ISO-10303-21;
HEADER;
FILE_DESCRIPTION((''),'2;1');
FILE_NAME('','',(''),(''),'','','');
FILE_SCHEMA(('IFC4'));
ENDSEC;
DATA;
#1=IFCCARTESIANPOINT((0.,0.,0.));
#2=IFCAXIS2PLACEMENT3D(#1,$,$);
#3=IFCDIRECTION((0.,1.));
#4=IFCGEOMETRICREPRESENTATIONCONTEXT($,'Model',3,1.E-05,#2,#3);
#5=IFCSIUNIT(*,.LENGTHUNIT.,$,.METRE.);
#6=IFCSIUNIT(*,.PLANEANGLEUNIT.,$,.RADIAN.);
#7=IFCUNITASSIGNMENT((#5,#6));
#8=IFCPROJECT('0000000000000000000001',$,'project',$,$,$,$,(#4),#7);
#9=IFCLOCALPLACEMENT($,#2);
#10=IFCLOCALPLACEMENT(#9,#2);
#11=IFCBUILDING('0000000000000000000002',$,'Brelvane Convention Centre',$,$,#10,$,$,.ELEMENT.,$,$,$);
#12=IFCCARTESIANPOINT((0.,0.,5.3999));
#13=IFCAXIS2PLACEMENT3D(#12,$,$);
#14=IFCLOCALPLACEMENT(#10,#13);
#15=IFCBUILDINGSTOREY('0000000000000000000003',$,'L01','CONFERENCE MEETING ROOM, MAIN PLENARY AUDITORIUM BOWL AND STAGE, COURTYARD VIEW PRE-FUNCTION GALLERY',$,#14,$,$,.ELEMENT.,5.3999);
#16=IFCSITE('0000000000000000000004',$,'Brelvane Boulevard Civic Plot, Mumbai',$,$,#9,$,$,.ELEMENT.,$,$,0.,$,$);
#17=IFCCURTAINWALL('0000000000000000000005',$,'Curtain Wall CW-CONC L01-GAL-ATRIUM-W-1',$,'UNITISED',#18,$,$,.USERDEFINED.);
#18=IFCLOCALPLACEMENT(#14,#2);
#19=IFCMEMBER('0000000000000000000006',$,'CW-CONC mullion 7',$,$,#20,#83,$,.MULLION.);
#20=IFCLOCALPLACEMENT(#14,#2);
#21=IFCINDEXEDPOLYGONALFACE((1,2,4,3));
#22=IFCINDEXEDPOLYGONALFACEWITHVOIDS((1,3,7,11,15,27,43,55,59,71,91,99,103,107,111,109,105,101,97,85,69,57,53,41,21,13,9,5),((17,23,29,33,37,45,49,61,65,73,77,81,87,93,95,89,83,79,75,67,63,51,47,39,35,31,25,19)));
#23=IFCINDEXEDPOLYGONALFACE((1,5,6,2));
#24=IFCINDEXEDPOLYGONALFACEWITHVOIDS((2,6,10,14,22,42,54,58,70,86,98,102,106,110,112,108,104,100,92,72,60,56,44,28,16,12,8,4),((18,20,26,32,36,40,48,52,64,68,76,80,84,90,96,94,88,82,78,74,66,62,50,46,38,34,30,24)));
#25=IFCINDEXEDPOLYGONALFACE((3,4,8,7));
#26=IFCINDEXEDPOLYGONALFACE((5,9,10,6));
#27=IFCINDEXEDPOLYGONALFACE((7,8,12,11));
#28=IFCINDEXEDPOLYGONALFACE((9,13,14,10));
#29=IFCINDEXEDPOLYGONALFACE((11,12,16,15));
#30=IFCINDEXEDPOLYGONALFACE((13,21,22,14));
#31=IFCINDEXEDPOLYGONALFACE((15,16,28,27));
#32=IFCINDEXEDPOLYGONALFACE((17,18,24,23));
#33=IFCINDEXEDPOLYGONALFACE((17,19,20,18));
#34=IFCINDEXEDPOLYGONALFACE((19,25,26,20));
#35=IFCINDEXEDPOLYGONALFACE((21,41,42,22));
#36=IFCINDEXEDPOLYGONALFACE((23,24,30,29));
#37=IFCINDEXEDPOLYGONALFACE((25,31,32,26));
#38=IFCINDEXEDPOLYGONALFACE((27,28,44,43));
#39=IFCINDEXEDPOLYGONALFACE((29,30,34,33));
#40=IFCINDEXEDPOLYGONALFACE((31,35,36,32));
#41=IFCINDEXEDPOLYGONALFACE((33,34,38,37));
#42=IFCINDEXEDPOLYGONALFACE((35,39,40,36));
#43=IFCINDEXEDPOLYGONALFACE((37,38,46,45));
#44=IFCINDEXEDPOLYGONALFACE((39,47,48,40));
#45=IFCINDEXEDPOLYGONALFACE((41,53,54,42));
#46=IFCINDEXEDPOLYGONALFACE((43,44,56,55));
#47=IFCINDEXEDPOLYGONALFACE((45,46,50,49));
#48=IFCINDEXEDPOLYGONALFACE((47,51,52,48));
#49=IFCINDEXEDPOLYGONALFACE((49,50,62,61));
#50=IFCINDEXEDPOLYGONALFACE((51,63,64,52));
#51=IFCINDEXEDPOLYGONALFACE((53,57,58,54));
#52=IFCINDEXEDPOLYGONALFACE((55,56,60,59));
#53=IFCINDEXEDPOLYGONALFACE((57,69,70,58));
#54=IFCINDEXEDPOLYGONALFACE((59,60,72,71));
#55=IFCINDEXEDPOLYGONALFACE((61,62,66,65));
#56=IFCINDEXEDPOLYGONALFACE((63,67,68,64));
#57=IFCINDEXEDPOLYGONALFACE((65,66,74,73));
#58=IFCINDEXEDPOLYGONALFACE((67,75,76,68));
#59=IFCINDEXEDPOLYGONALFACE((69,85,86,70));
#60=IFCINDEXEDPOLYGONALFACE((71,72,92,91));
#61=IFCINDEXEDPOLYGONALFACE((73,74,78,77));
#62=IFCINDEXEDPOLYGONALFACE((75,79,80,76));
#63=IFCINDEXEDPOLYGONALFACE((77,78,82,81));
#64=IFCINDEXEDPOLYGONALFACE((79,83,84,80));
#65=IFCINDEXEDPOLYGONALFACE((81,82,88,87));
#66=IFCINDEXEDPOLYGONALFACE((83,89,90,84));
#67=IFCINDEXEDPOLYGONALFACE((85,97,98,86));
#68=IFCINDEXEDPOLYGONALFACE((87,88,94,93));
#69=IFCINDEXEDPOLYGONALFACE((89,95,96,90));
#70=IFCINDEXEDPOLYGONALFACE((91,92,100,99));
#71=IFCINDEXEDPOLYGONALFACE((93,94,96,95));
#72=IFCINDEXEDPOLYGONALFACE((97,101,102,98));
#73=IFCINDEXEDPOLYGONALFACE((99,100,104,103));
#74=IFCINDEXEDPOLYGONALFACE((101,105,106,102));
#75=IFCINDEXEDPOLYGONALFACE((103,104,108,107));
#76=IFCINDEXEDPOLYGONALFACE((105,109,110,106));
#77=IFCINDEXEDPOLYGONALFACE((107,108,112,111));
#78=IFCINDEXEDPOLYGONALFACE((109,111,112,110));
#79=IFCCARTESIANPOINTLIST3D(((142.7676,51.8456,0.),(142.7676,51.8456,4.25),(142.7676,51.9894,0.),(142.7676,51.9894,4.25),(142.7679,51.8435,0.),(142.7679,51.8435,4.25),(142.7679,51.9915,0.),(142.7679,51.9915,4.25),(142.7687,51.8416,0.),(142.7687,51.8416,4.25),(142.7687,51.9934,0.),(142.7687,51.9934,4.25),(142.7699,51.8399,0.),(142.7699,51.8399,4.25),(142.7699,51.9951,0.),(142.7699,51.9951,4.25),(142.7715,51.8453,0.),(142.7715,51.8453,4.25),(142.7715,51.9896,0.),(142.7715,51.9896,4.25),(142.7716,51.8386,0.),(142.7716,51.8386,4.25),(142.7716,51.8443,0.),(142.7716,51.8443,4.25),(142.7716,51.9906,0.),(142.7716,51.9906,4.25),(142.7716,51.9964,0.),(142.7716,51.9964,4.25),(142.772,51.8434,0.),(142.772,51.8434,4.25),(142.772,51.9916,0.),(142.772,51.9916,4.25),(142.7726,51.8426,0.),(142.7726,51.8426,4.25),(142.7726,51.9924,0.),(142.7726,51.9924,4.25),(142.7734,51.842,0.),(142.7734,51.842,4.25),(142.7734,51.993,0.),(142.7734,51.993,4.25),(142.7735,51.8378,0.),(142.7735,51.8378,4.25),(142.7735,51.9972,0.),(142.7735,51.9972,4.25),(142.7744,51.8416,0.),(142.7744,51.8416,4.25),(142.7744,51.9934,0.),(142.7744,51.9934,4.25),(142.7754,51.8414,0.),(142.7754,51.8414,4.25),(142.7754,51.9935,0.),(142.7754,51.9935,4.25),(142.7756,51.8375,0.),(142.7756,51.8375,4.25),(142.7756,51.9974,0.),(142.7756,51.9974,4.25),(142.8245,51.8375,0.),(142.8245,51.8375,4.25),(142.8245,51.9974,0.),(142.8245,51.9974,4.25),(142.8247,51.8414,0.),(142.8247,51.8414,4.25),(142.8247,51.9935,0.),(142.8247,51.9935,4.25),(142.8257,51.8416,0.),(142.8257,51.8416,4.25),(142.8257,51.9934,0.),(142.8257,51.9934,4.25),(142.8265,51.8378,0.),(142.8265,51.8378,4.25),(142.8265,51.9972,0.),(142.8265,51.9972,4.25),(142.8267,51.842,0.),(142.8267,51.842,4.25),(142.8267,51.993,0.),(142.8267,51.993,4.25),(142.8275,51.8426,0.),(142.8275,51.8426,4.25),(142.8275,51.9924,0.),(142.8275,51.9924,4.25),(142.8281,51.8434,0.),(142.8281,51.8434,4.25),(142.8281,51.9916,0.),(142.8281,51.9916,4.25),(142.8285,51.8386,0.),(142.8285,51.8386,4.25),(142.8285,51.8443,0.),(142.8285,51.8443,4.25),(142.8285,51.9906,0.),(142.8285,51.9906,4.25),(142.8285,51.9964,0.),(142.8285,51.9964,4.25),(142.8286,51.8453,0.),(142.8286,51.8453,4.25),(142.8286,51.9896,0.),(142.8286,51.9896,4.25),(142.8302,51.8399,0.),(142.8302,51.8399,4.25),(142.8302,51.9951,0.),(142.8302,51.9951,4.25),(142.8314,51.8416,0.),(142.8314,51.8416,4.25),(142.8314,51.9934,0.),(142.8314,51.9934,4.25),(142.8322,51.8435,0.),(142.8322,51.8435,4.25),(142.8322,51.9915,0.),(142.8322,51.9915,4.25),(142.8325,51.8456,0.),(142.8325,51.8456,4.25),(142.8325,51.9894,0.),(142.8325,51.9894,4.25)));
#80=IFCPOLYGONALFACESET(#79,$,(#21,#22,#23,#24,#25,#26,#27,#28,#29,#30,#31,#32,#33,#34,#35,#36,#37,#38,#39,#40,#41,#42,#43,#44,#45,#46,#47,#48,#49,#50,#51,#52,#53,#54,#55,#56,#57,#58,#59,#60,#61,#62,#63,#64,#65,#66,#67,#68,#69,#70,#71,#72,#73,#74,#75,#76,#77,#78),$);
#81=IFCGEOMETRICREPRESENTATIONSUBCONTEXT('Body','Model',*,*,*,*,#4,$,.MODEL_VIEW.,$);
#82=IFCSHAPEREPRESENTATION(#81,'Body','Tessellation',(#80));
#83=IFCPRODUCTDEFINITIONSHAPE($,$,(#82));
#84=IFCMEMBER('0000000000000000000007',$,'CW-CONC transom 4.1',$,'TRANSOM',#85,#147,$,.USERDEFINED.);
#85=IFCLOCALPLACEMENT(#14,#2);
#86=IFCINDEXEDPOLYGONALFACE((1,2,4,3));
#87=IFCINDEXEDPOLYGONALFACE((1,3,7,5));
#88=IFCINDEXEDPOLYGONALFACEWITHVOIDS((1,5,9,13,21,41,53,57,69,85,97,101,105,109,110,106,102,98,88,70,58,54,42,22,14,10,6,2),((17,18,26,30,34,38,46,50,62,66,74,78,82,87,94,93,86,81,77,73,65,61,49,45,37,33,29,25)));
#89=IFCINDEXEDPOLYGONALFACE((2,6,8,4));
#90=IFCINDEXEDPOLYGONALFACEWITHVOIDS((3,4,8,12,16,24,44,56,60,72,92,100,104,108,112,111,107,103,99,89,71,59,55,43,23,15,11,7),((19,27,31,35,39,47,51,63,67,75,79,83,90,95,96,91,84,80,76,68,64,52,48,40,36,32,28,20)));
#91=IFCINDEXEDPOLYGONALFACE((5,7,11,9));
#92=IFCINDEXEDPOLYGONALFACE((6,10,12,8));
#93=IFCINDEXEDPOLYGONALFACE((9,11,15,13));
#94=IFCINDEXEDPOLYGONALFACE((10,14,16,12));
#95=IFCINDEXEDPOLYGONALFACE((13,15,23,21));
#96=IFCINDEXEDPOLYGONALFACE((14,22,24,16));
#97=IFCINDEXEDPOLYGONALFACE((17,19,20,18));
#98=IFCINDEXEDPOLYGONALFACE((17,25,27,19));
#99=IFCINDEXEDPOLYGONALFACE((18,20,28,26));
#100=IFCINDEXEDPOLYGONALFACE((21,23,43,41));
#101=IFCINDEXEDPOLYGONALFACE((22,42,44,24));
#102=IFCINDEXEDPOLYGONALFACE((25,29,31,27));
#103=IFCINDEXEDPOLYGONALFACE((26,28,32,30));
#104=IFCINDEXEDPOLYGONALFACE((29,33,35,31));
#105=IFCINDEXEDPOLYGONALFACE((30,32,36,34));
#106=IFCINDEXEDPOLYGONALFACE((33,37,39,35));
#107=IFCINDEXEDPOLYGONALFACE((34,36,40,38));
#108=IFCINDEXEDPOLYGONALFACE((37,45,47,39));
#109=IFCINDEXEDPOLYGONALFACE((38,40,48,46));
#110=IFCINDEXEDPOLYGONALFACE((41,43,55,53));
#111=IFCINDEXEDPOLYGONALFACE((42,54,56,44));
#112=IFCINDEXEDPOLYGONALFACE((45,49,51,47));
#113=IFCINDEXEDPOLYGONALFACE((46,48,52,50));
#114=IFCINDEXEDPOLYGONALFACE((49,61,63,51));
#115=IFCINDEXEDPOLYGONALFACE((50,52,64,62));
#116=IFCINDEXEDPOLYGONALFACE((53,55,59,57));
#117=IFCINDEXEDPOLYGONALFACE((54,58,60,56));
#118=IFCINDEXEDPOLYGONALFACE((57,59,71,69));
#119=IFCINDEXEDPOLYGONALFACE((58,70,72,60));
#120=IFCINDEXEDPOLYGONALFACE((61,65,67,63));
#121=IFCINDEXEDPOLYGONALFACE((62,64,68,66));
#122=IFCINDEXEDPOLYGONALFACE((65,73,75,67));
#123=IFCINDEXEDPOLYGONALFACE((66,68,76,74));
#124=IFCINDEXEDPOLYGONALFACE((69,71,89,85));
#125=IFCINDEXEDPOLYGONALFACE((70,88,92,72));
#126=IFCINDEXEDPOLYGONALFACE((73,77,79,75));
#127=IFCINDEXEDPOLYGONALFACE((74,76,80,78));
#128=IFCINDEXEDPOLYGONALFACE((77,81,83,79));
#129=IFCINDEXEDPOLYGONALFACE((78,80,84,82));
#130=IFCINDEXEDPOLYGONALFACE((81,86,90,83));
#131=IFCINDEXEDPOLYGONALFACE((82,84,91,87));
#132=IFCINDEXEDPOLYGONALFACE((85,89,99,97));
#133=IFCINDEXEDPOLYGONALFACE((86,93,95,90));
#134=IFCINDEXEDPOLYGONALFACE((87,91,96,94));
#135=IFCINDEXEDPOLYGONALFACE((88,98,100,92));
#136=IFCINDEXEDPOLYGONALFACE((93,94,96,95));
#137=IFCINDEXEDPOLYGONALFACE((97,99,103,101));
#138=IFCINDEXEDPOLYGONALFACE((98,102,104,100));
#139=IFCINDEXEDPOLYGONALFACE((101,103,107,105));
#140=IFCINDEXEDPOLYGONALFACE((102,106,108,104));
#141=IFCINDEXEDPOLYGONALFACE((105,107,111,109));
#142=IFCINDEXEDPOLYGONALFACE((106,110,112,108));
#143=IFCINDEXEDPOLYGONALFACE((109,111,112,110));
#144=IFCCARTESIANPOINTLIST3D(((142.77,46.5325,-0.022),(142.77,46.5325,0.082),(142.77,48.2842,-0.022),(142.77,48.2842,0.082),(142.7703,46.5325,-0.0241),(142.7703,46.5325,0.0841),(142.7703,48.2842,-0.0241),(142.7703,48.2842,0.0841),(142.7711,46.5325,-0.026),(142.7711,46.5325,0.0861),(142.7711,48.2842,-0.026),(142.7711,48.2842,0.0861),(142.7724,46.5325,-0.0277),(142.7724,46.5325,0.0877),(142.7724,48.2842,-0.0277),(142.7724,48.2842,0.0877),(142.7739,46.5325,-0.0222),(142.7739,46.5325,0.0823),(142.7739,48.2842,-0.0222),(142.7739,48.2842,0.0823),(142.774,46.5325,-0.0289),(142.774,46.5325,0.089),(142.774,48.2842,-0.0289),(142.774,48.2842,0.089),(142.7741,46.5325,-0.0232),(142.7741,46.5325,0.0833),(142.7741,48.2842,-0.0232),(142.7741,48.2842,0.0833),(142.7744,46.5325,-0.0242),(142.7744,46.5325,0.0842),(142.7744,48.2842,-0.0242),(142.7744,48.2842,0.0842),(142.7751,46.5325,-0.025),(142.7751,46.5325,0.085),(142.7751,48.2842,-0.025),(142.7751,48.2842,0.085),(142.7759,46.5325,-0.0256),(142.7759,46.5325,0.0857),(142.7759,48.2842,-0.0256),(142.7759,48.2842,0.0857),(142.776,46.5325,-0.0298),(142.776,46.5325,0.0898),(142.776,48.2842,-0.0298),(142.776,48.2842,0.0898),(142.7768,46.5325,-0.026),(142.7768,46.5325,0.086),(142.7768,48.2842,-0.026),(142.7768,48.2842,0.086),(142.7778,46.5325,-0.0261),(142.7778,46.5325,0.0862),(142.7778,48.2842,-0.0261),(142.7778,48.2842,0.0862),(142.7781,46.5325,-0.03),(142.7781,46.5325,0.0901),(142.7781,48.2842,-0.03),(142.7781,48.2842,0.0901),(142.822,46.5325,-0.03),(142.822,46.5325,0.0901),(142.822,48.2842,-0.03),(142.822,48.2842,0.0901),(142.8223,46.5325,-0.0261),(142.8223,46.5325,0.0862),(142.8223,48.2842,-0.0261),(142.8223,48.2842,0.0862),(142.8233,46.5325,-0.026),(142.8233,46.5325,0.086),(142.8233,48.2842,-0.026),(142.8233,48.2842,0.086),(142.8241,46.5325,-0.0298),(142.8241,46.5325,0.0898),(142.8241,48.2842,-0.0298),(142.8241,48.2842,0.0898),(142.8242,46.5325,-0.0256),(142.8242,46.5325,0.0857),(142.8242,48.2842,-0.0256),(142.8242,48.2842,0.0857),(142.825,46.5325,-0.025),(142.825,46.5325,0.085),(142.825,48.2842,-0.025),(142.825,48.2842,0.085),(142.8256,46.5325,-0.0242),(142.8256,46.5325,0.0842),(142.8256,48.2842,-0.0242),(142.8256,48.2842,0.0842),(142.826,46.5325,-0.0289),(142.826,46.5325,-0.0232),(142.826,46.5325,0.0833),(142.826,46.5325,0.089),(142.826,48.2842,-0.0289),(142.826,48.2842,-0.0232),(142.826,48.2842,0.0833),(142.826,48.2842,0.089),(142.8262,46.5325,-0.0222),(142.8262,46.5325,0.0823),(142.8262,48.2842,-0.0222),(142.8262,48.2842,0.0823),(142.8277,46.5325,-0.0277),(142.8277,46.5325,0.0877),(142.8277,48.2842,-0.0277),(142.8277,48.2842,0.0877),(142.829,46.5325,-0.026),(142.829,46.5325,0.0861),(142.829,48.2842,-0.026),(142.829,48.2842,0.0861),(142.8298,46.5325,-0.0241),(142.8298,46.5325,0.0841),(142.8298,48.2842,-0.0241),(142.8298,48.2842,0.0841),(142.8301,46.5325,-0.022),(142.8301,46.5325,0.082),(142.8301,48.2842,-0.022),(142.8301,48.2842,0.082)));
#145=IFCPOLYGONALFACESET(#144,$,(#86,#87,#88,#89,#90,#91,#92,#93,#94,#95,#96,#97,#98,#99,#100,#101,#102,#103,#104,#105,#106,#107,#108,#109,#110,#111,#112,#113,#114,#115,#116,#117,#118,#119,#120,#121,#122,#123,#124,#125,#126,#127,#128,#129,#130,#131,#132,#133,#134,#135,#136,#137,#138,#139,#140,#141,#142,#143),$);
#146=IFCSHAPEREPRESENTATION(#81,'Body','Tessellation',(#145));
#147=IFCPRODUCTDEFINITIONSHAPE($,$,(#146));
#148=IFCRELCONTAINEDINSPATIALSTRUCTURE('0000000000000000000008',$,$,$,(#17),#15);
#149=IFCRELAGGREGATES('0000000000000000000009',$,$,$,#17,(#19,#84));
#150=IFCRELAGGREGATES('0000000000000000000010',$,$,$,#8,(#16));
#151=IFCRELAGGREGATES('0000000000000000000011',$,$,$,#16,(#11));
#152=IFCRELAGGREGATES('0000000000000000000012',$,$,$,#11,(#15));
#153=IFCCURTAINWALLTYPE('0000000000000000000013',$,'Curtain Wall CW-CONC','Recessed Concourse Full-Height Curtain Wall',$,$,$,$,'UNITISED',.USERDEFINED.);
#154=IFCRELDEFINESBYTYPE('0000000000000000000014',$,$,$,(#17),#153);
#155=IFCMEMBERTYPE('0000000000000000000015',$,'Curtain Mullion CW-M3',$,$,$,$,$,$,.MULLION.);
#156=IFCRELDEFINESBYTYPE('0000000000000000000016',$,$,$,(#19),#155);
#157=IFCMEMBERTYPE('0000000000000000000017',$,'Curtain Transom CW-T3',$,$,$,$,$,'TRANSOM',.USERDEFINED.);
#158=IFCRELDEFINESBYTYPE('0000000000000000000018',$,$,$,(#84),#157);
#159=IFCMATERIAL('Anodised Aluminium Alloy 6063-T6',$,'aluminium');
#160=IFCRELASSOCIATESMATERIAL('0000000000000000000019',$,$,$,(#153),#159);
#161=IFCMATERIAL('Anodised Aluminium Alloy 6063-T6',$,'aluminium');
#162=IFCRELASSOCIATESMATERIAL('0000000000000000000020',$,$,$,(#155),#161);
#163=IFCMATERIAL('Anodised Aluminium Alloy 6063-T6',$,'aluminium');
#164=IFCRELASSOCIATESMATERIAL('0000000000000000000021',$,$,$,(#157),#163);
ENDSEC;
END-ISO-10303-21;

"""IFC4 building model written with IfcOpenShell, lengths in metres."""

from ifc_helpers import new_model, si_unit, direction, frame, origin, origin_2d, place, context, subcontext, project, spatial, hollow_rectangle, extrude, material, material_profile, profile_set, type_object, element, aggregate, save


model = new_model("IFC4")

# Units and contexts
model_context = context("Model", 3, precision=1e-05, world=origin(), true_north=direction((0.0, 1.0)))
body_context = subcontext(model_context, "Body", "Model", "MODEL_VIEW")
ifc_project = project(units=[si_unit("LENGTHUNIT", "METRE"), si_unit("PLANEANGLEUNIT", "RADIAN")], contexts=[model_context])

# Site, building, storey
site_placement = place(None, origin())
site = spatial("IfcSite", under=ifc_project, at=site_placement, Name="Brelvane Boulevard Civic Plot, Mumbai", CompositionType="ELEMENT", RefElevation=0.0)
building_placement = place(site_placement, origin())
building = spatial("IfcBuilding", under=site, at=building_placement, Name="Brelvane Convention Centre", CompositionType="ELEMENT")
storey_placement = place(building_placement, frame((0.0, 0.0, 5.3999)))
storey = spatial("IfcBuildingStorey", under=building, at=storey_placement, Name="L01", Description="CONFERENCE MEETING ROOM, MAIN PLENARY AUDITORIUM BOWL AND STAGE, COURTYARD VIEW PRE-FUNCTION GALLERY", CompositionType="ELEMENT", Elevation=5.3999)

# Curtain wall, members
ifc_material_1 = material(Name="Anodised Aluminium Alloy 6063-T6", Category="aluminium")
curtain_wall_type = type_object("IfcCurtainWallType", Name="Curtain Wall CW-CONC", Description="Recessed Concourse Full-Height Curtain Wall", ElementType="UNITISED", PredefinedType="USERDEFINED", material=ifc_material_1)
curtain_wall_placement = place(storey_placement, origin())
curtain_wall = element("IfcCurtainWall", 1, at=curtain_wall_placement, inside=storey, type_object=curtain_wall_type, Name="Curtain Wall CW-CONC L01-GAL-ATRIUM-W-1", ObjectType="UNITISED", PredefinedType="USERDEFINED")
ifc_material_2 = material(Name="Anodised Aluminium Alloy 6063-T6", Category="aluminium")
ifc_material_profile_1 = material_profile(ifc_material_2, hollow_rectangle(XDim=0.0649, YDim=0.1599, WallThickness=0.0039, InnerFilletRadius=0.0039, OuterFilletRadius=0.0081, at=origin_2d()), Name="ALU-M 160x65x4.0")
ifc_profile_set_1 = profile_set([ifc_material_profile_1], Name="Anodised Aluminium Alloy 6063-T6")
member_type_1 = type_object("IfcMemberType", Name="Curtain Mullion CW-M3", PredefinedType="MULLION", material=ifc_profile_set_1)
member_1_placement = place(storey_placement, frame((142.8, 51.9175, 0.0), z_axis=(0.0, 0.0, 1.0), x_axis=(-1.0, 0.0, 0.0)))
member_1 = element("IfcMember", 2, at=member_1_placement, type_object=member_type_1, Name="CW-CONC mullion 7", PredefinedType="MULLION", context=body_context, shape_type="SweptSolid", body=[
    extrude(hollow_rectangle(XDim=0.0649, YDim=0.1599, WallThickness=0.0039, InnerFilletRadius=0.0039, OuterFilletRadius=0.0081, at=origin_2d()), origin(), (0.0, 0.0, 1.0), 4.25),
])
ifc_material_3 = material(Name="Anodised Aluminium Alloy 6063-T6", Category="aluminium")
ifc_material_profile_2 = material_profile(ifc_material_3, hollow_rectangle(XDim=0.0601, YDim=0.1201, WallThickness=0.0039, InnerFilletRadius=0.0039, OuterFilletRadius=0.0081, at=origin_2d()), Name="ALU-T 120x60x4.0")
ifc_profile_set_2 = profile_set([ifc_material_profile_2], Name="Anodised Aluminium Alloy 6063-T6")
member_type_2 = type_object("IfcMemberType", Name="Curtain Transom CW-T3", ElementType="TRANSOM", PredefinedType="USERDEFINED", material=ifc_profile_set_2)
member_2_placement = place(storey_placement, frame((142.8, 46.5325, 0.03), z_axis=(0.0, 1.0, 0.0), x_axis=(-1.0, 0.0, 0.0)))
member_2 = element("IfcMember", 3, at=member_2_placement, type_object=member_type_2, Name="CW-CONC transom 4.1", ObjectType="TRANSOM", PredefinedType="USERDEFINED", context=body_context, shape_type="SweptSolid", body=[
    extrude(hollow_rectangle(XDim=0.0601, YDim=0.1201, WallThickness=0.0039, InnerFilletRadius=0.0039, OuterFilletRadius=0.0081, at=origin_2d()), origin(), (0.0, 0.0, 1.0), 1.7517),
])

aggregate(curtain_wall, [member_1, member_2])

save(model, "model.ifc")
